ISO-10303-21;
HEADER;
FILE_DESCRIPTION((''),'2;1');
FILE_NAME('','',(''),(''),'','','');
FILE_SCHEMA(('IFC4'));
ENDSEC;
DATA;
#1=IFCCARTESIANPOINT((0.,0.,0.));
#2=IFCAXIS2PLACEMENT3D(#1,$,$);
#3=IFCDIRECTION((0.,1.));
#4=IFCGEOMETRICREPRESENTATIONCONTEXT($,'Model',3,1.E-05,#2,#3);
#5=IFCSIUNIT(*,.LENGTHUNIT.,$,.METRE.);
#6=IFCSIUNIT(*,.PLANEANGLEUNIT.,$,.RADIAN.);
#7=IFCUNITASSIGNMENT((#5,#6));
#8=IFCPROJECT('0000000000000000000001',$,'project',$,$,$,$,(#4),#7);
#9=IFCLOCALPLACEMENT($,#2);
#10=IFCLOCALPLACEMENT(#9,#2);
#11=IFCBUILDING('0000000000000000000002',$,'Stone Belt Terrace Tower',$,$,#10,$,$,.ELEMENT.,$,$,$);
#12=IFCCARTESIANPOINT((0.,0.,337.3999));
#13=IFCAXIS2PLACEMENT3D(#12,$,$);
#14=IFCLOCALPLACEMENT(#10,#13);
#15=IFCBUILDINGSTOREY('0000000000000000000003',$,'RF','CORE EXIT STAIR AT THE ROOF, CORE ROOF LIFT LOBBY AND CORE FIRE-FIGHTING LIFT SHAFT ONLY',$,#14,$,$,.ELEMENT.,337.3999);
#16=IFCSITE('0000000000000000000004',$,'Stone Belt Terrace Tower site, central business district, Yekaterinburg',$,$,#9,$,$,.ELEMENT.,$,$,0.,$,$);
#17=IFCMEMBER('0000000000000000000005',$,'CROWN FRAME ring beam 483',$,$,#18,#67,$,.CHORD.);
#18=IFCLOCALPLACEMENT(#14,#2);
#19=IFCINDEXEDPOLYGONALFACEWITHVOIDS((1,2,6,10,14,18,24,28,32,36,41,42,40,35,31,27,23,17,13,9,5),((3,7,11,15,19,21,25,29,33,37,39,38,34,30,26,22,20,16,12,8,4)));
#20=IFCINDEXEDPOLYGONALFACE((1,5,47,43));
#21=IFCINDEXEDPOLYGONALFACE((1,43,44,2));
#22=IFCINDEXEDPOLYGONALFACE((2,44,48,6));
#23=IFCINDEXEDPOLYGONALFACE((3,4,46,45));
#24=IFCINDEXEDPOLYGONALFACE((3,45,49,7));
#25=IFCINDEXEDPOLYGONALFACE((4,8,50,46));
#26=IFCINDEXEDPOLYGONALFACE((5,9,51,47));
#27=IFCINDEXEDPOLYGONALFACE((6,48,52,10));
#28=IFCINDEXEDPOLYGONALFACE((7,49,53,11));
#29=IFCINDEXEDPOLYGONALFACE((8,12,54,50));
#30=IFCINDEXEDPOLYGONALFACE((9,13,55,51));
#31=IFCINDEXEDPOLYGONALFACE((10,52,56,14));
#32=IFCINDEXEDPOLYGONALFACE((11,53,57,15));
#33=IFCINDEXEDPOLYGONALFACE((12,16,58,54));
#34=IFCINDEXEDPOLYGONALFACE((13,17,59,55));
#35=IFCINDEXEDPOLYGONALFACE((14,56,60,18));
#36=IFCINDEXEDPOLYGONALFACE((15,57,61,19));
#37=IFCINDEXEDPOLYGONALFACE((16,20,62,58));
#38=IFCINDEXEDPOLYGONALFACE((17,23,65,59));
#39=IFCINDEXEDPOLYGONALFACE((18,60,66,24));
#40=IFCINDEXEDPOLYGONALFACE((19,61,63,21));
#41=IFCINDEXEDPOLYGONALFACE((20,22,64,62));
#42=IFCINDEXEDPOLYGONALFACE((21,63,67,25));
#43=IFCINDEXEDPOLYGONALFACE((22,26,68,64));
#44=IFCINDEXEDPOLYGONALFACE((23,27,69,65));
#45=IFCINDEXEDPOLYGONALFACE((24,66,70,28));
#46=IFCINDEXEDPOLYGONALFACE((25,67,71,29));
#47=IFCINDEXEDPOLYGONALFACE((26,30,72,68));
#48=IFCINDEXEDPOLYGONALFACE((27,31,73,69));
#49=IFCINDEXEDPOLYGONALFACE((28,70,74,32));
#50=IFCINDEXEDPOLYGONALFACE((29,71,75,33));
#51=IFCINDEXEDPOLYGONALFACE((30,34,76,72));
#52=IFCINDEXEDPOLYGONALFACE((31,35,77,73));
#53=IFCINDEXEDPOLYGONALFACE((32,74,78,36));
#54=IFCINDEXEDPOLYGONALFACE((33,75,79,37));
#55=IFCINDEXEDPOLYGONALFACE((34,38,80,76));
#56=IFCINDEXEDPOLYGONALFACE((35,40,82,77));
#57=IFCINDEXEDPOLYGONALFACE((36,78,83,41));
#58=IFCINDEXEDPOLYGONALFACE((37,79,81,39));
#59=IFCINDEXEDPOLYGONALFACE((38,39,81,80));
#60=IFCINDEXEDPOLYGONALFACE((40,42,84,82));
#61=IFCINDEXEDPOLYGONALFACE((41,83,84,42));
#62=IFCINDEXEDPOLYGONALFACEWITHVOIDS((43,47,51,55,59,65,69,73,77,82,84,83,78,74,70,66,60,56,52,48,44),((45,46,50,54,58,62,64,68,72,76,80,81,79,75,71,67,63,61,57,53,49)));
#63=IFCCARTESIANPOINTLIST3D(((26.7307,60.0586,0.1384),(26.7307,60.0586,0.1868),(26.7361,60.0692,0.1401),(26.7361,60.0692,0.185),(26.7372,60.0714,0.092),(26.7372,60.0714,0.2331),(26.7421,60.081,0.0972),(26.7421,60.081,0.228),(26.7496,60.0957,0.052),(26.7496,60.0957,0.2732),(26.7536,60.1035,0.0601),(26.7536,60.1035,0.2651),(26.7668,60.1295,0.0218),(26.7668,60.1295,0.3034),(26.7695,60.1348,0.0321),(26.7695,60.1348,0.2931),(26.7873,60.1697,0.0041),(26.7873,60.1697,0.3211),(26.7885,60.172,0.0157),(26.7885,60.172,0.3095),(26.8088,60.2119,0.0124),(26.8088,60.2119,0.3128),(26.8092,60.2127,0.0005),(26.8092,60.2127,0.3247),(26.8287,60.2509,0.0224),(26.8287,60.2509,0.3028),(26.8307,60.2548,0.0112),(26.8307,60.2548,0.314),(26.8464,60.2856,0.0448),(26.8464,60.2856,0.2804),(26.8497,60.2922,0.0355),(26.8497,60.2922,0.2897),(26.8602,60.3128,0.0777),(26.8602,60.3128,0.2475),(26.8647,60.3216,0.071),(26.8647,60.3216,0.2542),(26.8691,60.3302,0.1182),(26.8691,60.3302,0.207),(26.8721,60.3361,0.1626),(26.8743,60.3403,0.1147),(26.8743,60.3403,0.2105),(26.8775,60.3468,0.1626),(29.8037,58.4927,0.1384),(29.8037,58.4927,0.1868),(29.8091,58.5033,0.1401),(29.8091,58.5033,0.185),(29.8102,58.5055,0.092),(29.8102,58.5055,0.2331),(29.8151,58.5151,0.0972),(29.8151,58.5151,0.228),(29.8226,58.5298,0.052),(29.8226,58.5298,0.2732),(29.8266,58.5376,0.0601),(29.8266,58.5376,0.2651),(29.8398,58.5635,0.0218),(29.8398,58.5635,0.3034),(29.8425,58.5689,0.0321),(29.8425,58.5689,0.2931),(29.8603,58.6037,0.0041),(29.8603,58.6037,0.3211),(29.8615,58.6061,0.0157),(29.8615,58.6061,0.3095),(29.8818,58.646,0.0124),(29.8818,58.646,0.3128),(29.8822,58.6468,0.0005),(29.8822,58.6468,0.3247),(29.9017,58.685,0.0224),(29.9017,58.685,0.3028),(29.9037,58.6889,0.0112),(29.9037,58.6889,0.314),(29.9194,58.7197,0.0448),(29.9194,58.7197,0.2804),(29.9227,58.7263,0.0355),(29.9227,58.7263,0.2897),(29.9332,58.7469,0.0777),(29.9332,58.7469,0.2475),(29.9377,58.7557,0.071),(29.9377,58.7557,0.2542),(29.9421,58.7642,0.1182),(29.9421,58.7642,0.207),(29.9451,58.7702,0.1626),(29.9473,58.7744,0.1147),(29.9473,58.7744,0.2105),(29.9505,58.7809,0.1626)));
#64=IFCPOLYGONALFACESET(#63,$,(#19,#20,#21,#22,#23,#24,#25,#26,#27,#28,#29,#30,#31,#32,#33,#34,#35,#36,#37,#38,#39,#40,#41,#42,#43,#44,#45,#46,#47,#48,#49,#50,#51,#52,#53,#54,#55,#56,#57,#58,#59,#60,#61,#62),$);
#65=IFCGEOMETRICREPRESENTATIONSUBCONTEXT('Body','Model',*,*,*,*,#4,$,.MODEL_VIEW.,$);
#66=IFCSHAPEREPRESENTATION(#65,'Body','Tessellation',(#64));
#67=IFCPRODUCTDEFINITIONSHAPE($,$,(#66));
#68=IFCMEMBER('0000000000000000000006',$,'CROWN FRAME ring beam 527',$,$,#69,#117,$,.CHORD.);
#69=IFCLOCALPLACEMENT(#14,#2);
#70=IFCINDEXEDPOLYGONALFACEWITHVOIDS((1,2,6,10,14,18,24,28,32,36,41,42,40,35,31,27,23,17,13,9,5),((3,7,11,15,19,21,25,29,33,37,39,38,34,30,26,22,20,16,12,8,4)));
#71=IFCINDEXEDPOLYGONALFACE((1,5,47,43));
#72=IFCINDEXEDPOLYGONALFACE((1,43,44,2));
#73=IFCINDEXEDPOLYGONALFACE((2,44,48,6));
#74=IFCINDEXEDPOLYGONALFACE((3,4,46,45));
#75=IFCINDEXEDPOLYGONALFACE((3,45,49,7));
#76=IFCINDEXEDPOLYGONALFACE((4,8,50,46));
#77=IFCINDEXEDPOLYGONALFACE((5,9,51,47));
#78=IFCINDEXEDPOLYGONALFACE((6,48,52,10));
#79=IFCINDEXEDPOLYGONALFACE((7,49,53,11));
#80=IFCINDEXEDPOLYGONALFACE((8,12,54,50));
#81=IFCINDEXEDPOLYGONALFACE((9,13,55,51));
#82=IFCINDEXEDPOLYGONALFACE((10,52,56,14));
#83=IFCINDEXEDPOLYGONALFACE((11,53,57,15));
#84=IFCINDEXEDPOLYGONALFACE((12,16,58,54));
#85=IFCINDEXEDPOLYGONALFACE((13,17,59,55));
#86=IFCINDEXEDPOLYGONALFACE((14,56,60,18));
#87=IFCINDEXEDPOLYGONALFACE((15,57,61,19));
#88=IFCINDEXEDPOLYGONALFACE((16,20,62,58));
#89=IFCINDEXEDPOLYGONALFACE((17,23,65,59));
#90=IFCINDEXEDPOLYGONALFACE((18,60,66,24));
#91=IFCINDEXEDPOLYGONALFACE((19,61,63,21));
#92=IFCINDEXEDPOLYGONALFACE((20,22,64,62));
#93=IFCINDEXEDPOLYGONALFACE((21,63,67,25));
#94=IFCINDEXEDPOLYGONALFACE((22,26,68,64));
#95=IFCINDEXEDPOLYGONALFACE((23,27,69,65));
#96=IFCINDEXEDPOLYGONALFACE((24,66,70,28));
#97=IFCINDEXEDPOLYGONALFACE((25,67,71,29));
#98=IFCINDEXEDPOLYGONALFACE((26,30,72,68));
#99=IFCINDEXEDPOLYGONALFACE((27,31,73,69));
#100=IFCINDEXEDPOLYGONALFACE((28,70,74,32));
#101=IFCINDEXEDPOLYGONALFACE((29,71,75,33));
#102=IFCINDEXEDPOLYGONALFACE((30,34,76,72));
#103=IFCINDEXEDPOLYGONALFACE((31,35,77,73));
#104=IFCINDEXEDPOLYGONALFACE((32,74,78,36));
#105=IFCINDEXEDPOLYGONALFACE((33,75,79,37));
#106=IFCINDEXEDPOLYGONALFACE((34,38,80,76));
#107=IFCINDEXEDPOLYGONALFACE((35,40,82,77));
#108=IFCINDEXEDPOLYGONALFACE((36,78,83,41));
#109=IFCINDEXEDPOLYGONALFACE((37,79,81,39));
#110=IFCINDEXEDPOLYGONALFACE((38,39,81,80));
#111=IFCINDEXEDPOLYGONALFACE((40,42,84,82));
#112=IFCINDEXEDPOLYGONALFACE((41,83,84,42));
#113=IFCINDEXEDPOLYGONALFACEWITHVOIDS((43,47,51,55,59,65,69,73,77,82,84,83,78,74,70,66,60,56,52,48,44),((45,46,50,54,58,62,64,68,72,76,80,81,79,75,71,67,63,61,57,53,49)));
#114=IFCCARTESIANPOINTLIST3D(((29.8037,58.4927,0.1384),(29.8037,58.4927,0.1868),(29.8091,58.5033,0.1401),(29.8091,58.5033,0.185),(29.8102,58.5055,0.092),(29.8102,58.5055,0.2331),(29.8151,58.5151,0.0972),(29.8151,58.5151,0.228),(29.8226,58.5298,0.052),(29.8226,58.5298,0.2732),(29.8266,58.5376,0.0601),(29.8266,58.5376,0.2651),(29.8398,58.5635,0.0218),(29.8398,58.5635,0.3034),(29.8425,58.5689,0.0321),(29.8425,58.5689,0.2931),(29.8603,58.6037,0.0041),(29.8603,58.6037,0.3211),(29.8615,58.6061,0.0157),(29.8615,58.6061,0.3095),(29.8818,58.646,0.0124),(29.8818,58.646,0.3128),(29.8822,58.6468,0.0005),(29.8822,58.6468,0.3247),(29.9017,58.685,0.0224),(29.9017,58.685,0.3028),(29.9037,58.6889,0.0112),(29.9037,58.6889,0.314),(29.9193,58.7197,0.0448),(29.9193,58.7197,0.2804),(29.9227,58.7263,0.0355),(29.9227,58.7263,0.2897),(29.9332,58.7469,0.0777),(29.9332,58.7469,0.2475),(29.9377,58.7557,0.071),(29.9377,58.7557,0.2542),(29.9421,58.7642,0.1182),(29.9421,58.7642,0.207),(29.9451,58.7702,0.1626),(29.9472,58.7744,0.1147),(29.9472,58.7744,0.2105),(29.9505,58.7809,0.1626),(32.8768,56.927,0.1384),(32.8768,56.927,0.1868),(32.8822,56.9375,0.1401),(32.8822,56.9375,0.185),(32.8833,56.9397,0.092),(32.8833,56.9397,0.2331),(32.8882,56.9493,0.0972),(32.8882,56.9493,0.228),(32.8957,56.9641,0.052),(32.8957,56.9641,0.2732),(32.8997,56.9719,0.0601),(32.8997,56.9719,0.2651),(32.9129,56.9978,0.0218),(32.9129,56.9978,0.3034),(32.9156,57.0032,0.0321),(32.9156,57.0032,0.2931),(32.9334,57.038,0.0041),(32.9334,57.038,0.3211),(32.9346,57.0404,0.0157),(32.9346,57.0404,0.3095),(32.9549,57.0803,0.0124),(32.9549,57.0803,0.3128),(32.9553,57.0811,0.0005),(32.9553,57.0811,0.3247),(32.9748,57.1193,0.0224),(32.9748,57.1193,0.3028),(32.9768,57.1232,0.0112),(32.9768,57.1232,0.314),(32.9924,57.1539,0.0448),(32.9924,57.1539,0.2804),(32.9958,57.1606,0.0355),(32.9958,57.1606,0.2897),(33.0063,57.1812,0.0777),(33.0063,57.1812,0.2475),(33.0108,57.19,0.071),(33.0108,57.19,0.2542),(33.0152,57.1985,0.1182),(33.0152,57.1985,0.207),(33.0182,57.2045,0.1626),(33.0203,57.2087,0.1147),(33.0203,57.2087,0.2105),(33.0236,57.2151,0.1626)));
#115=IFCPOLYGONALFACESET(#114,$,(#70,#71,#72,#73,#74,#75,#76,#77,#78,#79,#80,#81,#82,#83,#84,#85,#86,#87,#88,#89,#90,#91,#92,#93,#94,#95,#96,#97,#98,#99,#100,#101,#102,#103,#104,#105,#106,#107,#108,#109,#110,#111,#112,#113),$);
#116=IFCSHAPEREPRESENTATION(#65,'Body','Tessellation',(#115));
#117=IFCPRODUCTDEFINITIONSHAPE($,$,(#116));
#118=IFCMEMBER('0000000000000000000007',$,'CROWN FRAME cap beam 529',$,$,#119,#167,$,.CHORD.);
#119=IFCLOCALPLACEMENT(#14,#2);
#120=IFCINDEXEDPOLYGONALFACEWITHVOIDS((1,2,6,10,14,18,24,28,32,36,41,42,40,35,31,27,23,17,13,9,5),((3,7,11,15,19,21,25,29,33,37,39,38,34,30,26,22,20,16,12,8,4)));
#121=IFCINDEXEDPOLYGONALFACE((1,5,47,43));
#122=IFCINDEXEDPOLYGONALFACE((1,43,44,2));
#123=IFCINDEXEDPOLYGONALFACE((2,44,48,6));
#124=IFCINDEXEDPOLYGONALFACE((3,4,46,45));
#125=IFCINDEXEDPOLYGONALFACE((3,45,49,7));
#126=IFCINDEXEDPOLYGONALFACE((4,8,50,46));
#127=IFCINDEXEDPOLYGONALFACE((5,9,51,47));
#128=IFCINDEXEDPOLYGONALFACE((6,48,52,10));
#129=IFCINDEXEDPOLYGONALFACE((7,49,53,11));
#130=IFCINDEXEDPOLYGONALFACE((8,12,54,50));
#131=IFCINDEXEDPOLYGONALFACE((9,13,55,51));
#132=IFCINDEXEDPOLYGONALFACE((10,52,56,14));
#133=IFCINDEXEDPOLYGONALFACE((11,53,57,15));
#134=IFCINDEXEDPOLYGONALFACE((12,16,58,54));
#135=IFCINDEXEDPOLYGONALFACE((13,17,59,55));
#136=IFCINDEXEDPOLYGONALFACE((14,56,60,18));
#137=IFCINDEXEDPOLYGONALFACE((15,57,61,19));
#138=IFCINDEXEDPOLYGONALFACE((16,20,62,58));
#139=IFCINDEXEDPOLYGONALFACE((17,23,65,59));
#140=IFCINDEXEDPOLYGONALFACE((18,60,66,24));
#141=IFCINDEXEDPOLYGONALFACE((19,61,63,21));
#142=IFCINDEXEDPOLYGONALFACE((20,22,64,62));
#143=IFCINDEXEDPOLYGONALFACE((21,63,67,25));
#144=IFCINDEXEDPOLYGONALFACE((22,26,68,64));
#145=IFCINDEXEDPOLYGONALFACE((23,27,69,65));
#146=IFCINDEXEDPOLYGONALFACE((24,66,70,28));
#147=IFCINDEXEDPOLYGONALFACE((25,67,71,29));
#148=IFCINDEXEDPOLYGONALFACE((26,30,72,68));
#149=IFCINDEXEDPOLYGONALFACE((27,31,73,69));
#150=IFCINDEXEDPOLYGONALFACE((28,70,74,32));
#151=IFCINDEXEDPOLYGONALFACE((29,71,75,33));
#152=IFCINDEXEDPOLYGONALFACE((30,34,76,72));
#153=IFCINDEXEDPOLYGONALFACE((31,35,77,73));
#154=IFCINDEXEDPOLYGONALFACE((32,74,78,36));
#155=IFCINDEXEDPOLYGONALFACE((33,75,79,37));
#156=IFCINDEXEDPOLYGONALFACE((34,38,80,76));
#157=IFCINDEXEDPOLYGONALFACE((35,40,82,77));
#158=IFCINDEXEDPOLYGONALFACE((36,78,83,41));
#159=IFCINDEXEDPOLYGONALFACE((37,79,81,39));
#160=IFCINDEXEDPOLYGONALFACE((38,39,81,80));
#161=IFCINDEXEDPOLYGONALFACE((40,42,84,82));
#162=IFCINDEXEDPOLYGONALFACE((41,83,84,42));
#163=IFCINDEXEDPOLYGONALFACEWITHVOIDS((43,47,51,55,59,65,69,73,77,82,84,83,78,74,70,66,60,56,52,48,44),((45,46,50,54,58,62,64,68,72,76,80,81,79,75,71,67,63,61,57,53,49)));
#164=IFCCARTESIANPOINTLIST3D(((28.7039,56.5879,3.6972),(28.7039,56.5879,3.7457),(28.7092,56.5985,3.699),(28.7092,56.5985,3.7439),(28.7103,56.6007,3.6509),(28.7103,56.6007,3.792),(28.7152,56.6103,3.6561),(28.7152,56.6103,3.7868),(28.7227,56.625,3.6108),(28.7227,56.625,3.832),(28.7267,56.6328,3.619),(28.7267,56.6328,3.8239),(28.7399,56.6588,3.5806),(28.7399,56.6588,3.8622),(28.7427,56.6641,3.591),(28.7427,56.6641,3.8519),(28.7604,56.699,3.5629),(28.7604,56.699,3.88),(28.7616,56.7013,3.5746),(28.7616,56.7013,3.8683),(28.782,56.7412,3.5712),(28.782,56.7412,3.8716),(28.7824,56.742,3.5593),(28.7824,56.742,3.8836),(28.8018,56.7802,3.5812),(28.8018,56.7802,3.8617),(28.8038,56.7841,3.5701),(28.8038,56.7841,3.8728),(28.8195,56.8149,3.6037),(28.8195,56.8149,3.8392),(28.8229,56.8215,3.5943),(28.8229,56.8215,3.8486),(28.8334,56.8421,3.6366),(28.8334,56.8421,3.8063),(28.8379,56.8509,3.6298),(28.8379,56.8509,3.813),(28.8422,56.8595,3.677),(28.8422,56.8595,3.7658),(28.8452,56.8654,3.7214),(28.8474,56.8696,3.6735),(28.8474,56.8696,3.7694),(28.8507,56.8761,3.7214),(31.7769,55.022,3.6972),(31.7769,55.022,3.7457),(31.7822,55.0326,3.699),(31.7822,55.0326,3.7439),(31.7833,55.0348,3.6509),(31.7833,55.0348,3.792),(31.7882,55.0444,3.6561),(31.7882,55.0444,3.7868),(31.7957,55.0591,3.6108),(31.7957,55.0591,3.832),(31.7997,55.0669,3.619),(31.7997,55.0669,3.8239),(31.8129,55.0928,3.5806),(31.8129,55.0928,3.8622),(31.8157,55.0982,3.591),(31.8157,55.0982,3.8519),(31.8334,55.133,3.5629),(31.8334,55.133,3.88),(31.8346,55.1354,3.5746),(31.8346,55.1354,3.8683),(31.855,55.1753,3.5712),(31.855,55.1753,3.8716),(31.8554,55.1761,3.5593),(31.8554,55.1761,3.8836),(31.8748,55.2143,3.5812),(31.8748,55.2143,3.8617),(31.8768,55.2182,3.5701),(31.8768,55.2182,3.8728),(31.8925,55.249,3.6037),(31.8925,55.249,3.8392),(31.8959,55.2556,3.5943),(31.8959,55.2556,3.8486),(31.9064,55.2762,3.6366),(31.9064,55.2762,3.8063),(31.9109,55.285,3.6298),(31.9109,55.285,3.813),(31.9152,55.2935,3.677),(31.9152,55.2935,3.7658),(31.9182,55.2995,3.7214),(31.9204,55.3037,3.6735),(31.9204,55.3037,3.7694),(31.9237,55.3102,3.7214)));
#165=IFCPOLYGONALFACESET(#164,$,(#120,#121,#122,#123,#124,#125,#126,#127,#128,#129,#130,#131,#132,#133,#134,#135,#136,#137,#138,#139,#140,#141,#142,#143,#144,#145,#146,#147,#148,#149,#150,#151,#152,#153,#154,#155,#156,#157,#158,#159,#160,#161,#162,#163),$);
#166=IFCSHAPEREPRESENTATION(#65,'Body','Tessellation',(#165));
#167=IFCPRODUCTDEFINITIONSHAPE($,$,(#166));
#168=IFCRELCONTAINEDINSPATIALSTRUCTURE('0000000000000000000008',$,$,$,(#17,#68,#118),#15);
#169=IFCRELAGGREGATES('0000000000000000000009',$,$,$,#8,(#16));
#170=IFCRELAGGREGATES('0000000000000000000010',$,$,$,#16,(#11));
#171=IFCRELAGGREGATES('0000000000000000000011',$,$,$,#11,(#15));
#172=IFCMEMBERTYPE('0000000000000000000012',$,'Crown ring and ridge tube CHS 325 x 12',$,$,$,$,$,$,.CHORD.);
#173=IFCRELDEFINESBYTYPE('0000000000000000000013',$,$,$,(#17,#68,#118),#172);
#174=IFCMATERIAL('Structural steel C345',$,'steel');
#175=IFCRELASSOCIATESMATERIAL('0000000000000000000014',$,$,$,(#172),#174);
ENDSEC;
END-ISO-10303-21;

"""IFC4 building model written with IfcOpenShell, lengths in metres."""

from ifc_helpers import new_model, si_unit, direction, frame, origin, origin_2d, place, context, subcontext, project, spatial, hollow_circle, extrude, material, material_profile, profile_set, type_object, element, save


model = new_model("IFC4")

# Units and contexts
model_context = context("Model", 3, precision=1e-05, world=origin(), true_north=direction((0.0, 1.0)))
body_context = subcontext(model_context, "Body", "Model", "MODEL_VIEW")
ifc_project = project(units=[si_unit("LENGTHUNIT", "METRE"), si_unit("PLANEANGLEUNIT", "RADIAN")], contexts=[model_context])

# Site, building, storey
site_placement = place(None, origin())
site = spatial("IfcSite", under=ifc_project, at=site_placement, Name="Stone Belt Terrace Tower site, central business district, Yekaterinburg", CompositionType="ELEMENT", RefElevation=0.0)
building_placement = place(site_placement, origin())
building = spatial("IfcBuilding", under=site, at=building_placement, Name="Stone Belt Terrace Tower", CompositionType="ELEMENT")
storey_placement = place(building_placement, frame((0.0, 0.0, 337.3999)))
storey = spatial("IfcBuildingStorey", under=building, at=storey_placement, Name="RF", Description="CORE EXIT STAIR AT THE ROOF, CORE ROOF LIFT LOBBY AND CORE FIRE-FIGHTING LIFT SHAFT ONLY", CompositionType="ELEMENT", Elevation=337.3999)

# Members
ifc_material_1 = material(Name="Structural steel C345", Category="steel")
ifc_material_profile_1 = material_profile(ifc_material_1, hollow_circle(Radius=0.1626, WallThickness=0.012, at=origin_2d()), Name="Structural steel C345 CHS 325x12")
ifc_profile_set_1 = profile_set([ifc_material_profile_1], Name="Structural steel C345")
member_type_1 = type_object("IfcMemberType", Name="Crown ring and ridge tube CHS 325 x 12", PredefinedType="CHORD", material=ifc_profile_set_1)
for number, where, z_axis, x_axis, name in (
    (1, (26.8037, 60.2019, 0.1626), (0.890989, -0.454024, 0.0), (0.454024, 0.890989, 0.0), "CROWN FRAME ring beam 483"),
    (2, (29.8767, 58.636, 0.1626), (0.891018, -0.453968, 0.0), (0.453968, 0.891018, 0.0), "CROWN FRAME ring beam 527"),
    (3, (28.7769, 56.7312, 3.7214), (0.890989, -0.454024, 0.0), (0.454024, 0.890989, 0.0), "CROWN FRAME cap beam 529"),
):
    element("IfcMember", number, at=place(storey_placement, frame(where, z_axis=z_axis, x_axis=x_axis)), inside=storey, type_object=member_type_1, Name=name, PredefinedType="CHORD", context=body_context, shape_type="SweptSolid", body=[
        extrude(hollow_circle(Radius=0.1626, WallThickness=0.012, at=origin_2d()), origin(), (0.0, 0.0, 1.0), 3.449),
    ])

save(model, "model.ifc")
